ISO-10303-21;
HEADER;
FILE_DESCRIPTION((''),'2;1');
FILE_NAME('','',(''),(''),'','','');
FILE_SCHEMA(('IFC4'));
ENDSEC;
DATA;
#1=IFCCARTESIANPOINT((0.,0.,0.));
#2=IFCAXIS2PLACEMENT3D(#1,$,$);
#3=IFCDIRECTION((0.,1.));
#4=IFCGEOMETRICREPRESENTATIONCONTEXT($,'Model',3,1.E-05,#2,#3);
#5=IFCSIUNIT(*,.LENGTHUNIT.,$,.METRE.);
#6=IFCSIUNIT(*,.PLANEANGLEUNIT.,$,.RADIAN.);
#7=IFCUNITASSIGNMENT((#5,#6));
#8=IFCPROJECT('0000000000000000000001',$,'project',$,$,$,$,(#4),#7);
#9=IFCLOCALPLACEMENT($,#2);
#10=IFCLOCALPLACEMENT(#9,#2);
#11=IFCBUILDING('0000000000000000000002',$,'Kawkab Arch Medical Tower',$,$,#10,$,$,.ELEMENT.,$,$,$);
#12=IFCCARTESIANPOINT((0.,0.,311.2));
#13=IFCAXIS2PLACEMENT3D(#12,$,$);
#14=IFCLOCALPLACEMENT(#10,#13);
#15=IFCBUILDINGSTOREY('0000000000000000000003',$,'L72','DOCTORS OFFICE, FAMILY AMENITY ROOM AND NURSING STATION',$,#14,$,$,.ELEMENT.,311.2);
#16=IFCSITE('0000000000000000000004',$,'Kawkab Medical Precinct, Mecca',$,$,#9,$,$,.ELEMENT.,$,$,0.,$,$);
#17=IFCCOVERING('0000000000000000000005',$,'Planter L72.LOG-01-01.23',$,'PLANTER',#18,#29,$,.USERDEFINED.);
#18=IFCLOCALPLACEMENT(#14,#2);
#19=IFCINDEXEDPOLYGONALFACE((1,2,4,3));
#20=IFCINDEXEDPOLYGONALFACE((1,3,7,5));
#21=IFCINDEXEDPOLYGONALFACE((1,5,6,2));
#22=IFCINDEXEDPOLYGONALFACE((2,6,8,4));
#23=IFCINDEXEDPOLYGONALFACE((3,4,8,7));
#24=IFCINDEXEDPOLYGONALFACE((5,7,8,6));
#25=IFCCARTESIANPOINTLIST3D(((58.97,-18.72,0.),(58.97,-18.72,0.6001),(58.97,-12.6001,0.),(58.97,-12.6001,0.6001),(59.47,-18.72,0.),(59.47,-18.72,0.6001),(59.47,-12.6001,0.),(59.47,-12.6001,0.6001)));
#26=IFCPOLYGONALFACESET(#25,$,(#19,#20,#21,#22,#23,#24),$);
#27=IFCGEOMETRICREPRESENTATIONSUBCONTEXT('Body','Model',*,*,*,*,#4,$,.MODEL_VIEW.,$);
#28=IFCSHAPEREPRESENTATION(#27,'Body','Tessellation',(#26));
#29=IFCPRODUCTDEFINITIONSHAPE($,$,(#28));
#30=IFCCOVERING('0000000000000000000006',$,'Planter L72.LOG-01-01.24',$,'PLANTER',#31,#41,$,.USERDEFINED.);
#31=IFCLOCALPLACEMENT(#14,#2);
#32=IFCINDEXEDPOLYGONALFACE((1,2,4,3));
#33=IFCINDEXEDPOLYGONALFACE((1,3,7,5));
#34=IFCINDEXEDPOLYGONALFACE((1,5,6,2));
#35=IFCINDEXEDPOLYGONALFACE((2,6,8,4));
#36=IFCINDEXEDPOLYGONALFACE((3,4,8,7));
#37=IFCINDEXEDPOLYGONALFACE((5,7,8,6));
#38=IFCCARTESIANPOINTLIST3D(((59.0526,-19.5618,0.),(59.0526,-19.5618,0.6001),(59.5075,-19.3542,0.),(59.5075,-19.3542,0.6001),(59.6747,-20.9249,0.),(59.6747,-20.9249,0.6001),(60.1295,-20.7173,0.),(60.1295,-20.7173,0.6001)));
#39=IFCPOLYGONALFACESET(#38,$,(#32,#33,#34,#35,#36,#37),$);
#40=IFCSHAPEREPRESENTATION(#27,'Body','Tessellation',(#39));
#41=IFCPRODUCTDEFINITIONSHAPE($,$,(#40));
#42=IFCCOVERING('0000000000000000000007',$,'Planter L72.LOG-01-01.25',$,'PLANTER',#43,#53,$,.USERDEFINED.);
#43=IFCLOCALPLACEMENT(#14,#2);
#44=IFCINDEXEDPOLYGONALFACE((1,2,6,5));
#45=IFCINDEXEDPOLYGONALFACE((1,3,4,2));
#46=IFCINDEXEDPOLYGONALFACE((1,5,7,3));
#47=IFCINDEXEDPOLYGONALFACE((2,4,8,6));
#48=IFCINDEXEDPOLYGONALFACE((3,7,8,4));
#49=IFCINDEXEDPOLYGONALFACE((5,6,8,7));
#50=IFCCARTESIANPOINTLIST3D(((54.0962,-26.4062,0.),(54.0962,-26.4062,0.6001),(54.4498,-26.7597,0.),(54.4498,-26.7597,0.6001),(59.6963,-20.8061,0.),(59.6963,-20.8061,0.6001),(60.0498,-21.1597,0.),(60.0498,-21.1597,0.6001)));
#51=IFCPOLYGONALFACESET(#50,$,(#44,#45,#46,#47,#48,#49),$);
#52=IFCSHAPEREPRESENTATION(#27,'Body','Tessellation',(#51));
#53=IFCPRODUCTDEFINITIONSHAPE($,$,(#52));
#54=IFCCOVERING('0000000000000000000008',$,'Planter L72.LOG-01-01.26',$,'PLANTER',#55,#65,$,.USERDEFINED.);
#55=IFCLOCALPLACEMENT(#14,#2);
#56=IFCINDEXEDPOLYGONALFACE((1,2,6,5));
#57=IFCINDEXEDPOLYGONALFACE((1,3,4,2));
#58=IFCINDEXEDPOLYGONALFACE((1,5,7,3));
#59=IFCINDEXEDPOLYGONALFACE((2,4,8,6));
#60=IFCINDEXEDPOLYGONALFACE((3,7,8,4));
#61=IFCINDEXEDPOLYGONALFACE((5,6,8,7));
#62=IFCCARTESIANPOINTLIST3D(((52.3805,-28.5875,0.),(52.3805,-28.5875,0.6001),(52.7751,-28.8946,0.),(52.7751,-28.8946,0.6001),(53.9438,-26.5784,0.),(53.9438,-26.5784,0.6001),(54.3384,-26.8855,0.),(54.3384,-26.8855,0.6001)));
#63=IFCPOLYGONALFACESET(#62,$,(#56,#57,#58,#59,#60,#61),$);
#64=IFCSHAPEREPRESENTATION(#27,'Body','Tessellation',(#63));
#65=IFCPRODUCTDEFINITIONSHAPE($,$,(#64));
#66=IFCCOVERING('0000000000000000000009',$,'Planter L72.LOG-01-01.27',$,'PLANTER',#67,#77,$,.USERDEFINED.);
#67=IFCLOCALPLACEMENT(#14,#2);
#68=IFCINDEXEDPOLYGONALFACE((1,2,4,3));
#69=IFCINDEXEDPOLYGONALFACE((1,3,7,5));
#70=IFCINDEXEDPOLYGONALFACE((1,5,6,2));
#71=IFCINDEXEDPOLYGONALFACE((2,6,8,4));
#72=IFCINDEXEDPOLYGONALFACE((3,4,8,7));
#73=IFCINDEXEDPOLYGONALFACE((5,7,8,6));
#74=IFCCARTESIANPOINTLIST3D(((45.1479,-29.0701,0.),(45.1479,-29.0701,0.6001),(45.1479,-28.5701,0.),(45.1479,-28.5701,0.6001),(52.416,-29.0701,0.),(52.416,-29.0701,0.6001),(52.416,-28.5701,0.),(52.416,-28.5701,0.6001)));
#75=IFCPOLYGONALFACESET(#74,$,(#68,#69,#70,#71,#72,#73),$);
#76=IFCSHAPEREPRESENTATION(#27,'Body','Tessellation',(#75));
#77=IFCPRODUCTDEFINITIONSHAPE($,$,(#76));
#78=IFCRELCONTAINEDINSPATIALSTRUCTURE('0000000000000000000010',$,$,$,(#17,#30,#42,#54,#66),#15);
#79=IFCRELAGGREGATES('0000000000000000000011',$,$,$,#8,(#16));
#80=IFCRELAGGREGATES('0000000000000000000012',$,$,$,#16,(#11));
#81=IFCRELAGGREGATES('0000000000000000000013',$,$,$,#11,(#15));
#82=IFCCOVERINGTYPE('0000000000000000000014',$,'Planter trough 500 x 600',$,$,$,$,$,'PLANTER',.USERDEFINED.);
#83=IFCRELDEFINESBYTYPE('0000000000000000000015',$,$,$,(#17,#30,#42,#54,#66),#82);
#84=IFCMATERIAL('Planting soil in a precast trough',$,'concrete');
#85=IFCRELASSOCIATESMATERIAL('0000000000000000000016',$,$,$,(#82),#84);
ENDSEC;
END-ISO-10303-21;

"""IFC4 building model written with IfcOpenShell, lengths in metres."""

from ifc_helpers import new_model, si_unit, direction, frame, origin, origin_2d, place, context, subcontext, project, spatial, rectangle, extrude, material, material_profile, profile_set, type_object, element, save


model = new_model("IFC4")

# Units and contexts
model_context = context("Model", 3, precision=1e-05, world=origin(), true_north=direction((0.0, 1.0)))
body_context = subcontext(model_context, "Body", "Model", "MODEL_VIEW")
ifc_project = project(units=[si_unit("LENGTHUNIT", "METRE"), si_unit("PLANEANGLEUNIT", "RADIAN")], contexts=[model_context])

# Site, building, storey
site_placement = place(None, origin())
site = spatial("IfcSite", under=ifc_project, at=site_placement, Name="Kawkab Medical Precinct, Mecca", CompositionType="ELEMENT", RefElevation=0.0)
building_placement = place(site_placement, origin())
building = spatial("IfcBuilding", under=site, at=building_placement, Name="Kawkab Arch Medical Tower", CompositionType="ELEMENT")
storey_placement = place(building_placement, frame((0.0, 0.0, 311.2)))
storey = spatial("IfcBuildingStorey", under=building, at=storey_placement, Name="L72", Description="DOCTORS OFFICE, FAMILY AMENITY ROOM AND NURSING STATION", CompositionType="ELEMENT", Elevation=311.2)

# Coverings
ifc_material_1 = material(Name="Planting soil in a precast trough", Category="concrete")
ifc_material_profile_1 = material_profile(ifc_material_1, rectangle(XDim=0.5, YDim=0.6001, at=origin_2d()), Name="Trough 500x600")
ifc_profile_set_1 = profile_set([ifc_material_profile_1], Name="Planting soil in a precast trough")
covering_type = type_object("IfcCoveringType", Name="Planter trough 500 x 600", ElementType="PLANTER", PredefinedType="USERDEFINED", material=ifc_profile_set_1)
covering_1_placement = place(storey_placement, frame((59.22, -12.6001, 0.3), z_axis=(0.0, -1.0, 0.0), x_axis=(1.0, 0.0, 0.0)))
element("IfcCovering", 1, at=covering_1_placement, inside=storey, type_object=covering_type, Name="Planter L72.LOG-01-01.23", ObjectType="PLANTER", PredefinedType="USERDEFINED", context=body_context, shape_type="SweptSolid", body=[
    extrude(rectangle(XDim=0.5, YDim=0.6001, at=origin_2d()), origin(), (0.0, 0.0, 1.0), 6.1199),
])
covering_2_placement = place(storey_placement, frame((59.28, -19.458, 0.3), z_axis=(0.41519, -0.909735, 0.0), x_axis=(0.909735, 0.41519, 0.0)))
element("IfcCovering", 2, at=covering_2_placement, inside=storey, type_object=covering_type, Name="Planter L72.LOG-01-01.24", ObjectType="PLANTER", PredefinedType="USERDEFINED", context=body_context, shape_type="SweptSolid", body=[
    extrude(rectangle(XDim=0.5, YDim=0.6001, at=origin_2d()), origin(), (0.0, 0.0, 1.0), 1.4983),
])
covering_3_placement = place(storey_placement, frame((59.873, -20.9829, 0.3), z_axis=(-0.707107, -0.707107, 0.0), x_axis=(0.707107, -0.707107, 0.0)))
element("IfcCovering", 3, at=covering_3_placement, inside=storey, type_object=covering_type, Name="Planter L72.LOG-01-01.25", ObjectType="PLANTER", PredefinedType="USERDEFINED", context=body_context, shape_type="SweptSolid", body=[
    extrude(rectangle(XDim=0.5, YDim=0.6001, at=origin_2d()), origin(), (0.0, 0.0, 1.0), 7.9197),
])
covering_4_placement = place(storey_placement, frame((54.1411, -26.7319, 0.3), z_axis=(-0.6141, -0.789228, 0.0), x_axis=(0.789228, -0.6141, 0.0)))
element("IfcCovering", 4, at=covering_4_placement, inside=storey, type_object=covering_type, Name="Planter L72.LOG-01-01.26", ObjectType="PLANTER", PredefinedType="USERDEFINED", context=body_context, shape_type="SweptSolid", body=[
    extrude(rectangle(XDim=0.5, YDim=0.6001, at=origin_2d()), origin(), (0.0, 0.0, 1.0), 2.5457),
])
covering_5_placement = place(storey_placement, frame((52.416, -28.8201, 0.3), z_axis=(-1.0, 0.0, 0.0), x_axis=(0.0, -1.0, 0.0)))
element("IfcCovering", 5, at=covering_5_placement, inside=storey, type_object=covering_type, Name="Planter L72.LOG-01-01.27", ObjectType="PLANTER", PredefinedType="USERDEFINED", context=body_context, shape_type="SweptSolid", body=[
    extrude(rectangle(XDim=0.5, YDim=0.6001, at=origin_2d()), origin(), (0.0, 0.0, 1.0), 7.2681),
])

save(model, "model.ifc")
